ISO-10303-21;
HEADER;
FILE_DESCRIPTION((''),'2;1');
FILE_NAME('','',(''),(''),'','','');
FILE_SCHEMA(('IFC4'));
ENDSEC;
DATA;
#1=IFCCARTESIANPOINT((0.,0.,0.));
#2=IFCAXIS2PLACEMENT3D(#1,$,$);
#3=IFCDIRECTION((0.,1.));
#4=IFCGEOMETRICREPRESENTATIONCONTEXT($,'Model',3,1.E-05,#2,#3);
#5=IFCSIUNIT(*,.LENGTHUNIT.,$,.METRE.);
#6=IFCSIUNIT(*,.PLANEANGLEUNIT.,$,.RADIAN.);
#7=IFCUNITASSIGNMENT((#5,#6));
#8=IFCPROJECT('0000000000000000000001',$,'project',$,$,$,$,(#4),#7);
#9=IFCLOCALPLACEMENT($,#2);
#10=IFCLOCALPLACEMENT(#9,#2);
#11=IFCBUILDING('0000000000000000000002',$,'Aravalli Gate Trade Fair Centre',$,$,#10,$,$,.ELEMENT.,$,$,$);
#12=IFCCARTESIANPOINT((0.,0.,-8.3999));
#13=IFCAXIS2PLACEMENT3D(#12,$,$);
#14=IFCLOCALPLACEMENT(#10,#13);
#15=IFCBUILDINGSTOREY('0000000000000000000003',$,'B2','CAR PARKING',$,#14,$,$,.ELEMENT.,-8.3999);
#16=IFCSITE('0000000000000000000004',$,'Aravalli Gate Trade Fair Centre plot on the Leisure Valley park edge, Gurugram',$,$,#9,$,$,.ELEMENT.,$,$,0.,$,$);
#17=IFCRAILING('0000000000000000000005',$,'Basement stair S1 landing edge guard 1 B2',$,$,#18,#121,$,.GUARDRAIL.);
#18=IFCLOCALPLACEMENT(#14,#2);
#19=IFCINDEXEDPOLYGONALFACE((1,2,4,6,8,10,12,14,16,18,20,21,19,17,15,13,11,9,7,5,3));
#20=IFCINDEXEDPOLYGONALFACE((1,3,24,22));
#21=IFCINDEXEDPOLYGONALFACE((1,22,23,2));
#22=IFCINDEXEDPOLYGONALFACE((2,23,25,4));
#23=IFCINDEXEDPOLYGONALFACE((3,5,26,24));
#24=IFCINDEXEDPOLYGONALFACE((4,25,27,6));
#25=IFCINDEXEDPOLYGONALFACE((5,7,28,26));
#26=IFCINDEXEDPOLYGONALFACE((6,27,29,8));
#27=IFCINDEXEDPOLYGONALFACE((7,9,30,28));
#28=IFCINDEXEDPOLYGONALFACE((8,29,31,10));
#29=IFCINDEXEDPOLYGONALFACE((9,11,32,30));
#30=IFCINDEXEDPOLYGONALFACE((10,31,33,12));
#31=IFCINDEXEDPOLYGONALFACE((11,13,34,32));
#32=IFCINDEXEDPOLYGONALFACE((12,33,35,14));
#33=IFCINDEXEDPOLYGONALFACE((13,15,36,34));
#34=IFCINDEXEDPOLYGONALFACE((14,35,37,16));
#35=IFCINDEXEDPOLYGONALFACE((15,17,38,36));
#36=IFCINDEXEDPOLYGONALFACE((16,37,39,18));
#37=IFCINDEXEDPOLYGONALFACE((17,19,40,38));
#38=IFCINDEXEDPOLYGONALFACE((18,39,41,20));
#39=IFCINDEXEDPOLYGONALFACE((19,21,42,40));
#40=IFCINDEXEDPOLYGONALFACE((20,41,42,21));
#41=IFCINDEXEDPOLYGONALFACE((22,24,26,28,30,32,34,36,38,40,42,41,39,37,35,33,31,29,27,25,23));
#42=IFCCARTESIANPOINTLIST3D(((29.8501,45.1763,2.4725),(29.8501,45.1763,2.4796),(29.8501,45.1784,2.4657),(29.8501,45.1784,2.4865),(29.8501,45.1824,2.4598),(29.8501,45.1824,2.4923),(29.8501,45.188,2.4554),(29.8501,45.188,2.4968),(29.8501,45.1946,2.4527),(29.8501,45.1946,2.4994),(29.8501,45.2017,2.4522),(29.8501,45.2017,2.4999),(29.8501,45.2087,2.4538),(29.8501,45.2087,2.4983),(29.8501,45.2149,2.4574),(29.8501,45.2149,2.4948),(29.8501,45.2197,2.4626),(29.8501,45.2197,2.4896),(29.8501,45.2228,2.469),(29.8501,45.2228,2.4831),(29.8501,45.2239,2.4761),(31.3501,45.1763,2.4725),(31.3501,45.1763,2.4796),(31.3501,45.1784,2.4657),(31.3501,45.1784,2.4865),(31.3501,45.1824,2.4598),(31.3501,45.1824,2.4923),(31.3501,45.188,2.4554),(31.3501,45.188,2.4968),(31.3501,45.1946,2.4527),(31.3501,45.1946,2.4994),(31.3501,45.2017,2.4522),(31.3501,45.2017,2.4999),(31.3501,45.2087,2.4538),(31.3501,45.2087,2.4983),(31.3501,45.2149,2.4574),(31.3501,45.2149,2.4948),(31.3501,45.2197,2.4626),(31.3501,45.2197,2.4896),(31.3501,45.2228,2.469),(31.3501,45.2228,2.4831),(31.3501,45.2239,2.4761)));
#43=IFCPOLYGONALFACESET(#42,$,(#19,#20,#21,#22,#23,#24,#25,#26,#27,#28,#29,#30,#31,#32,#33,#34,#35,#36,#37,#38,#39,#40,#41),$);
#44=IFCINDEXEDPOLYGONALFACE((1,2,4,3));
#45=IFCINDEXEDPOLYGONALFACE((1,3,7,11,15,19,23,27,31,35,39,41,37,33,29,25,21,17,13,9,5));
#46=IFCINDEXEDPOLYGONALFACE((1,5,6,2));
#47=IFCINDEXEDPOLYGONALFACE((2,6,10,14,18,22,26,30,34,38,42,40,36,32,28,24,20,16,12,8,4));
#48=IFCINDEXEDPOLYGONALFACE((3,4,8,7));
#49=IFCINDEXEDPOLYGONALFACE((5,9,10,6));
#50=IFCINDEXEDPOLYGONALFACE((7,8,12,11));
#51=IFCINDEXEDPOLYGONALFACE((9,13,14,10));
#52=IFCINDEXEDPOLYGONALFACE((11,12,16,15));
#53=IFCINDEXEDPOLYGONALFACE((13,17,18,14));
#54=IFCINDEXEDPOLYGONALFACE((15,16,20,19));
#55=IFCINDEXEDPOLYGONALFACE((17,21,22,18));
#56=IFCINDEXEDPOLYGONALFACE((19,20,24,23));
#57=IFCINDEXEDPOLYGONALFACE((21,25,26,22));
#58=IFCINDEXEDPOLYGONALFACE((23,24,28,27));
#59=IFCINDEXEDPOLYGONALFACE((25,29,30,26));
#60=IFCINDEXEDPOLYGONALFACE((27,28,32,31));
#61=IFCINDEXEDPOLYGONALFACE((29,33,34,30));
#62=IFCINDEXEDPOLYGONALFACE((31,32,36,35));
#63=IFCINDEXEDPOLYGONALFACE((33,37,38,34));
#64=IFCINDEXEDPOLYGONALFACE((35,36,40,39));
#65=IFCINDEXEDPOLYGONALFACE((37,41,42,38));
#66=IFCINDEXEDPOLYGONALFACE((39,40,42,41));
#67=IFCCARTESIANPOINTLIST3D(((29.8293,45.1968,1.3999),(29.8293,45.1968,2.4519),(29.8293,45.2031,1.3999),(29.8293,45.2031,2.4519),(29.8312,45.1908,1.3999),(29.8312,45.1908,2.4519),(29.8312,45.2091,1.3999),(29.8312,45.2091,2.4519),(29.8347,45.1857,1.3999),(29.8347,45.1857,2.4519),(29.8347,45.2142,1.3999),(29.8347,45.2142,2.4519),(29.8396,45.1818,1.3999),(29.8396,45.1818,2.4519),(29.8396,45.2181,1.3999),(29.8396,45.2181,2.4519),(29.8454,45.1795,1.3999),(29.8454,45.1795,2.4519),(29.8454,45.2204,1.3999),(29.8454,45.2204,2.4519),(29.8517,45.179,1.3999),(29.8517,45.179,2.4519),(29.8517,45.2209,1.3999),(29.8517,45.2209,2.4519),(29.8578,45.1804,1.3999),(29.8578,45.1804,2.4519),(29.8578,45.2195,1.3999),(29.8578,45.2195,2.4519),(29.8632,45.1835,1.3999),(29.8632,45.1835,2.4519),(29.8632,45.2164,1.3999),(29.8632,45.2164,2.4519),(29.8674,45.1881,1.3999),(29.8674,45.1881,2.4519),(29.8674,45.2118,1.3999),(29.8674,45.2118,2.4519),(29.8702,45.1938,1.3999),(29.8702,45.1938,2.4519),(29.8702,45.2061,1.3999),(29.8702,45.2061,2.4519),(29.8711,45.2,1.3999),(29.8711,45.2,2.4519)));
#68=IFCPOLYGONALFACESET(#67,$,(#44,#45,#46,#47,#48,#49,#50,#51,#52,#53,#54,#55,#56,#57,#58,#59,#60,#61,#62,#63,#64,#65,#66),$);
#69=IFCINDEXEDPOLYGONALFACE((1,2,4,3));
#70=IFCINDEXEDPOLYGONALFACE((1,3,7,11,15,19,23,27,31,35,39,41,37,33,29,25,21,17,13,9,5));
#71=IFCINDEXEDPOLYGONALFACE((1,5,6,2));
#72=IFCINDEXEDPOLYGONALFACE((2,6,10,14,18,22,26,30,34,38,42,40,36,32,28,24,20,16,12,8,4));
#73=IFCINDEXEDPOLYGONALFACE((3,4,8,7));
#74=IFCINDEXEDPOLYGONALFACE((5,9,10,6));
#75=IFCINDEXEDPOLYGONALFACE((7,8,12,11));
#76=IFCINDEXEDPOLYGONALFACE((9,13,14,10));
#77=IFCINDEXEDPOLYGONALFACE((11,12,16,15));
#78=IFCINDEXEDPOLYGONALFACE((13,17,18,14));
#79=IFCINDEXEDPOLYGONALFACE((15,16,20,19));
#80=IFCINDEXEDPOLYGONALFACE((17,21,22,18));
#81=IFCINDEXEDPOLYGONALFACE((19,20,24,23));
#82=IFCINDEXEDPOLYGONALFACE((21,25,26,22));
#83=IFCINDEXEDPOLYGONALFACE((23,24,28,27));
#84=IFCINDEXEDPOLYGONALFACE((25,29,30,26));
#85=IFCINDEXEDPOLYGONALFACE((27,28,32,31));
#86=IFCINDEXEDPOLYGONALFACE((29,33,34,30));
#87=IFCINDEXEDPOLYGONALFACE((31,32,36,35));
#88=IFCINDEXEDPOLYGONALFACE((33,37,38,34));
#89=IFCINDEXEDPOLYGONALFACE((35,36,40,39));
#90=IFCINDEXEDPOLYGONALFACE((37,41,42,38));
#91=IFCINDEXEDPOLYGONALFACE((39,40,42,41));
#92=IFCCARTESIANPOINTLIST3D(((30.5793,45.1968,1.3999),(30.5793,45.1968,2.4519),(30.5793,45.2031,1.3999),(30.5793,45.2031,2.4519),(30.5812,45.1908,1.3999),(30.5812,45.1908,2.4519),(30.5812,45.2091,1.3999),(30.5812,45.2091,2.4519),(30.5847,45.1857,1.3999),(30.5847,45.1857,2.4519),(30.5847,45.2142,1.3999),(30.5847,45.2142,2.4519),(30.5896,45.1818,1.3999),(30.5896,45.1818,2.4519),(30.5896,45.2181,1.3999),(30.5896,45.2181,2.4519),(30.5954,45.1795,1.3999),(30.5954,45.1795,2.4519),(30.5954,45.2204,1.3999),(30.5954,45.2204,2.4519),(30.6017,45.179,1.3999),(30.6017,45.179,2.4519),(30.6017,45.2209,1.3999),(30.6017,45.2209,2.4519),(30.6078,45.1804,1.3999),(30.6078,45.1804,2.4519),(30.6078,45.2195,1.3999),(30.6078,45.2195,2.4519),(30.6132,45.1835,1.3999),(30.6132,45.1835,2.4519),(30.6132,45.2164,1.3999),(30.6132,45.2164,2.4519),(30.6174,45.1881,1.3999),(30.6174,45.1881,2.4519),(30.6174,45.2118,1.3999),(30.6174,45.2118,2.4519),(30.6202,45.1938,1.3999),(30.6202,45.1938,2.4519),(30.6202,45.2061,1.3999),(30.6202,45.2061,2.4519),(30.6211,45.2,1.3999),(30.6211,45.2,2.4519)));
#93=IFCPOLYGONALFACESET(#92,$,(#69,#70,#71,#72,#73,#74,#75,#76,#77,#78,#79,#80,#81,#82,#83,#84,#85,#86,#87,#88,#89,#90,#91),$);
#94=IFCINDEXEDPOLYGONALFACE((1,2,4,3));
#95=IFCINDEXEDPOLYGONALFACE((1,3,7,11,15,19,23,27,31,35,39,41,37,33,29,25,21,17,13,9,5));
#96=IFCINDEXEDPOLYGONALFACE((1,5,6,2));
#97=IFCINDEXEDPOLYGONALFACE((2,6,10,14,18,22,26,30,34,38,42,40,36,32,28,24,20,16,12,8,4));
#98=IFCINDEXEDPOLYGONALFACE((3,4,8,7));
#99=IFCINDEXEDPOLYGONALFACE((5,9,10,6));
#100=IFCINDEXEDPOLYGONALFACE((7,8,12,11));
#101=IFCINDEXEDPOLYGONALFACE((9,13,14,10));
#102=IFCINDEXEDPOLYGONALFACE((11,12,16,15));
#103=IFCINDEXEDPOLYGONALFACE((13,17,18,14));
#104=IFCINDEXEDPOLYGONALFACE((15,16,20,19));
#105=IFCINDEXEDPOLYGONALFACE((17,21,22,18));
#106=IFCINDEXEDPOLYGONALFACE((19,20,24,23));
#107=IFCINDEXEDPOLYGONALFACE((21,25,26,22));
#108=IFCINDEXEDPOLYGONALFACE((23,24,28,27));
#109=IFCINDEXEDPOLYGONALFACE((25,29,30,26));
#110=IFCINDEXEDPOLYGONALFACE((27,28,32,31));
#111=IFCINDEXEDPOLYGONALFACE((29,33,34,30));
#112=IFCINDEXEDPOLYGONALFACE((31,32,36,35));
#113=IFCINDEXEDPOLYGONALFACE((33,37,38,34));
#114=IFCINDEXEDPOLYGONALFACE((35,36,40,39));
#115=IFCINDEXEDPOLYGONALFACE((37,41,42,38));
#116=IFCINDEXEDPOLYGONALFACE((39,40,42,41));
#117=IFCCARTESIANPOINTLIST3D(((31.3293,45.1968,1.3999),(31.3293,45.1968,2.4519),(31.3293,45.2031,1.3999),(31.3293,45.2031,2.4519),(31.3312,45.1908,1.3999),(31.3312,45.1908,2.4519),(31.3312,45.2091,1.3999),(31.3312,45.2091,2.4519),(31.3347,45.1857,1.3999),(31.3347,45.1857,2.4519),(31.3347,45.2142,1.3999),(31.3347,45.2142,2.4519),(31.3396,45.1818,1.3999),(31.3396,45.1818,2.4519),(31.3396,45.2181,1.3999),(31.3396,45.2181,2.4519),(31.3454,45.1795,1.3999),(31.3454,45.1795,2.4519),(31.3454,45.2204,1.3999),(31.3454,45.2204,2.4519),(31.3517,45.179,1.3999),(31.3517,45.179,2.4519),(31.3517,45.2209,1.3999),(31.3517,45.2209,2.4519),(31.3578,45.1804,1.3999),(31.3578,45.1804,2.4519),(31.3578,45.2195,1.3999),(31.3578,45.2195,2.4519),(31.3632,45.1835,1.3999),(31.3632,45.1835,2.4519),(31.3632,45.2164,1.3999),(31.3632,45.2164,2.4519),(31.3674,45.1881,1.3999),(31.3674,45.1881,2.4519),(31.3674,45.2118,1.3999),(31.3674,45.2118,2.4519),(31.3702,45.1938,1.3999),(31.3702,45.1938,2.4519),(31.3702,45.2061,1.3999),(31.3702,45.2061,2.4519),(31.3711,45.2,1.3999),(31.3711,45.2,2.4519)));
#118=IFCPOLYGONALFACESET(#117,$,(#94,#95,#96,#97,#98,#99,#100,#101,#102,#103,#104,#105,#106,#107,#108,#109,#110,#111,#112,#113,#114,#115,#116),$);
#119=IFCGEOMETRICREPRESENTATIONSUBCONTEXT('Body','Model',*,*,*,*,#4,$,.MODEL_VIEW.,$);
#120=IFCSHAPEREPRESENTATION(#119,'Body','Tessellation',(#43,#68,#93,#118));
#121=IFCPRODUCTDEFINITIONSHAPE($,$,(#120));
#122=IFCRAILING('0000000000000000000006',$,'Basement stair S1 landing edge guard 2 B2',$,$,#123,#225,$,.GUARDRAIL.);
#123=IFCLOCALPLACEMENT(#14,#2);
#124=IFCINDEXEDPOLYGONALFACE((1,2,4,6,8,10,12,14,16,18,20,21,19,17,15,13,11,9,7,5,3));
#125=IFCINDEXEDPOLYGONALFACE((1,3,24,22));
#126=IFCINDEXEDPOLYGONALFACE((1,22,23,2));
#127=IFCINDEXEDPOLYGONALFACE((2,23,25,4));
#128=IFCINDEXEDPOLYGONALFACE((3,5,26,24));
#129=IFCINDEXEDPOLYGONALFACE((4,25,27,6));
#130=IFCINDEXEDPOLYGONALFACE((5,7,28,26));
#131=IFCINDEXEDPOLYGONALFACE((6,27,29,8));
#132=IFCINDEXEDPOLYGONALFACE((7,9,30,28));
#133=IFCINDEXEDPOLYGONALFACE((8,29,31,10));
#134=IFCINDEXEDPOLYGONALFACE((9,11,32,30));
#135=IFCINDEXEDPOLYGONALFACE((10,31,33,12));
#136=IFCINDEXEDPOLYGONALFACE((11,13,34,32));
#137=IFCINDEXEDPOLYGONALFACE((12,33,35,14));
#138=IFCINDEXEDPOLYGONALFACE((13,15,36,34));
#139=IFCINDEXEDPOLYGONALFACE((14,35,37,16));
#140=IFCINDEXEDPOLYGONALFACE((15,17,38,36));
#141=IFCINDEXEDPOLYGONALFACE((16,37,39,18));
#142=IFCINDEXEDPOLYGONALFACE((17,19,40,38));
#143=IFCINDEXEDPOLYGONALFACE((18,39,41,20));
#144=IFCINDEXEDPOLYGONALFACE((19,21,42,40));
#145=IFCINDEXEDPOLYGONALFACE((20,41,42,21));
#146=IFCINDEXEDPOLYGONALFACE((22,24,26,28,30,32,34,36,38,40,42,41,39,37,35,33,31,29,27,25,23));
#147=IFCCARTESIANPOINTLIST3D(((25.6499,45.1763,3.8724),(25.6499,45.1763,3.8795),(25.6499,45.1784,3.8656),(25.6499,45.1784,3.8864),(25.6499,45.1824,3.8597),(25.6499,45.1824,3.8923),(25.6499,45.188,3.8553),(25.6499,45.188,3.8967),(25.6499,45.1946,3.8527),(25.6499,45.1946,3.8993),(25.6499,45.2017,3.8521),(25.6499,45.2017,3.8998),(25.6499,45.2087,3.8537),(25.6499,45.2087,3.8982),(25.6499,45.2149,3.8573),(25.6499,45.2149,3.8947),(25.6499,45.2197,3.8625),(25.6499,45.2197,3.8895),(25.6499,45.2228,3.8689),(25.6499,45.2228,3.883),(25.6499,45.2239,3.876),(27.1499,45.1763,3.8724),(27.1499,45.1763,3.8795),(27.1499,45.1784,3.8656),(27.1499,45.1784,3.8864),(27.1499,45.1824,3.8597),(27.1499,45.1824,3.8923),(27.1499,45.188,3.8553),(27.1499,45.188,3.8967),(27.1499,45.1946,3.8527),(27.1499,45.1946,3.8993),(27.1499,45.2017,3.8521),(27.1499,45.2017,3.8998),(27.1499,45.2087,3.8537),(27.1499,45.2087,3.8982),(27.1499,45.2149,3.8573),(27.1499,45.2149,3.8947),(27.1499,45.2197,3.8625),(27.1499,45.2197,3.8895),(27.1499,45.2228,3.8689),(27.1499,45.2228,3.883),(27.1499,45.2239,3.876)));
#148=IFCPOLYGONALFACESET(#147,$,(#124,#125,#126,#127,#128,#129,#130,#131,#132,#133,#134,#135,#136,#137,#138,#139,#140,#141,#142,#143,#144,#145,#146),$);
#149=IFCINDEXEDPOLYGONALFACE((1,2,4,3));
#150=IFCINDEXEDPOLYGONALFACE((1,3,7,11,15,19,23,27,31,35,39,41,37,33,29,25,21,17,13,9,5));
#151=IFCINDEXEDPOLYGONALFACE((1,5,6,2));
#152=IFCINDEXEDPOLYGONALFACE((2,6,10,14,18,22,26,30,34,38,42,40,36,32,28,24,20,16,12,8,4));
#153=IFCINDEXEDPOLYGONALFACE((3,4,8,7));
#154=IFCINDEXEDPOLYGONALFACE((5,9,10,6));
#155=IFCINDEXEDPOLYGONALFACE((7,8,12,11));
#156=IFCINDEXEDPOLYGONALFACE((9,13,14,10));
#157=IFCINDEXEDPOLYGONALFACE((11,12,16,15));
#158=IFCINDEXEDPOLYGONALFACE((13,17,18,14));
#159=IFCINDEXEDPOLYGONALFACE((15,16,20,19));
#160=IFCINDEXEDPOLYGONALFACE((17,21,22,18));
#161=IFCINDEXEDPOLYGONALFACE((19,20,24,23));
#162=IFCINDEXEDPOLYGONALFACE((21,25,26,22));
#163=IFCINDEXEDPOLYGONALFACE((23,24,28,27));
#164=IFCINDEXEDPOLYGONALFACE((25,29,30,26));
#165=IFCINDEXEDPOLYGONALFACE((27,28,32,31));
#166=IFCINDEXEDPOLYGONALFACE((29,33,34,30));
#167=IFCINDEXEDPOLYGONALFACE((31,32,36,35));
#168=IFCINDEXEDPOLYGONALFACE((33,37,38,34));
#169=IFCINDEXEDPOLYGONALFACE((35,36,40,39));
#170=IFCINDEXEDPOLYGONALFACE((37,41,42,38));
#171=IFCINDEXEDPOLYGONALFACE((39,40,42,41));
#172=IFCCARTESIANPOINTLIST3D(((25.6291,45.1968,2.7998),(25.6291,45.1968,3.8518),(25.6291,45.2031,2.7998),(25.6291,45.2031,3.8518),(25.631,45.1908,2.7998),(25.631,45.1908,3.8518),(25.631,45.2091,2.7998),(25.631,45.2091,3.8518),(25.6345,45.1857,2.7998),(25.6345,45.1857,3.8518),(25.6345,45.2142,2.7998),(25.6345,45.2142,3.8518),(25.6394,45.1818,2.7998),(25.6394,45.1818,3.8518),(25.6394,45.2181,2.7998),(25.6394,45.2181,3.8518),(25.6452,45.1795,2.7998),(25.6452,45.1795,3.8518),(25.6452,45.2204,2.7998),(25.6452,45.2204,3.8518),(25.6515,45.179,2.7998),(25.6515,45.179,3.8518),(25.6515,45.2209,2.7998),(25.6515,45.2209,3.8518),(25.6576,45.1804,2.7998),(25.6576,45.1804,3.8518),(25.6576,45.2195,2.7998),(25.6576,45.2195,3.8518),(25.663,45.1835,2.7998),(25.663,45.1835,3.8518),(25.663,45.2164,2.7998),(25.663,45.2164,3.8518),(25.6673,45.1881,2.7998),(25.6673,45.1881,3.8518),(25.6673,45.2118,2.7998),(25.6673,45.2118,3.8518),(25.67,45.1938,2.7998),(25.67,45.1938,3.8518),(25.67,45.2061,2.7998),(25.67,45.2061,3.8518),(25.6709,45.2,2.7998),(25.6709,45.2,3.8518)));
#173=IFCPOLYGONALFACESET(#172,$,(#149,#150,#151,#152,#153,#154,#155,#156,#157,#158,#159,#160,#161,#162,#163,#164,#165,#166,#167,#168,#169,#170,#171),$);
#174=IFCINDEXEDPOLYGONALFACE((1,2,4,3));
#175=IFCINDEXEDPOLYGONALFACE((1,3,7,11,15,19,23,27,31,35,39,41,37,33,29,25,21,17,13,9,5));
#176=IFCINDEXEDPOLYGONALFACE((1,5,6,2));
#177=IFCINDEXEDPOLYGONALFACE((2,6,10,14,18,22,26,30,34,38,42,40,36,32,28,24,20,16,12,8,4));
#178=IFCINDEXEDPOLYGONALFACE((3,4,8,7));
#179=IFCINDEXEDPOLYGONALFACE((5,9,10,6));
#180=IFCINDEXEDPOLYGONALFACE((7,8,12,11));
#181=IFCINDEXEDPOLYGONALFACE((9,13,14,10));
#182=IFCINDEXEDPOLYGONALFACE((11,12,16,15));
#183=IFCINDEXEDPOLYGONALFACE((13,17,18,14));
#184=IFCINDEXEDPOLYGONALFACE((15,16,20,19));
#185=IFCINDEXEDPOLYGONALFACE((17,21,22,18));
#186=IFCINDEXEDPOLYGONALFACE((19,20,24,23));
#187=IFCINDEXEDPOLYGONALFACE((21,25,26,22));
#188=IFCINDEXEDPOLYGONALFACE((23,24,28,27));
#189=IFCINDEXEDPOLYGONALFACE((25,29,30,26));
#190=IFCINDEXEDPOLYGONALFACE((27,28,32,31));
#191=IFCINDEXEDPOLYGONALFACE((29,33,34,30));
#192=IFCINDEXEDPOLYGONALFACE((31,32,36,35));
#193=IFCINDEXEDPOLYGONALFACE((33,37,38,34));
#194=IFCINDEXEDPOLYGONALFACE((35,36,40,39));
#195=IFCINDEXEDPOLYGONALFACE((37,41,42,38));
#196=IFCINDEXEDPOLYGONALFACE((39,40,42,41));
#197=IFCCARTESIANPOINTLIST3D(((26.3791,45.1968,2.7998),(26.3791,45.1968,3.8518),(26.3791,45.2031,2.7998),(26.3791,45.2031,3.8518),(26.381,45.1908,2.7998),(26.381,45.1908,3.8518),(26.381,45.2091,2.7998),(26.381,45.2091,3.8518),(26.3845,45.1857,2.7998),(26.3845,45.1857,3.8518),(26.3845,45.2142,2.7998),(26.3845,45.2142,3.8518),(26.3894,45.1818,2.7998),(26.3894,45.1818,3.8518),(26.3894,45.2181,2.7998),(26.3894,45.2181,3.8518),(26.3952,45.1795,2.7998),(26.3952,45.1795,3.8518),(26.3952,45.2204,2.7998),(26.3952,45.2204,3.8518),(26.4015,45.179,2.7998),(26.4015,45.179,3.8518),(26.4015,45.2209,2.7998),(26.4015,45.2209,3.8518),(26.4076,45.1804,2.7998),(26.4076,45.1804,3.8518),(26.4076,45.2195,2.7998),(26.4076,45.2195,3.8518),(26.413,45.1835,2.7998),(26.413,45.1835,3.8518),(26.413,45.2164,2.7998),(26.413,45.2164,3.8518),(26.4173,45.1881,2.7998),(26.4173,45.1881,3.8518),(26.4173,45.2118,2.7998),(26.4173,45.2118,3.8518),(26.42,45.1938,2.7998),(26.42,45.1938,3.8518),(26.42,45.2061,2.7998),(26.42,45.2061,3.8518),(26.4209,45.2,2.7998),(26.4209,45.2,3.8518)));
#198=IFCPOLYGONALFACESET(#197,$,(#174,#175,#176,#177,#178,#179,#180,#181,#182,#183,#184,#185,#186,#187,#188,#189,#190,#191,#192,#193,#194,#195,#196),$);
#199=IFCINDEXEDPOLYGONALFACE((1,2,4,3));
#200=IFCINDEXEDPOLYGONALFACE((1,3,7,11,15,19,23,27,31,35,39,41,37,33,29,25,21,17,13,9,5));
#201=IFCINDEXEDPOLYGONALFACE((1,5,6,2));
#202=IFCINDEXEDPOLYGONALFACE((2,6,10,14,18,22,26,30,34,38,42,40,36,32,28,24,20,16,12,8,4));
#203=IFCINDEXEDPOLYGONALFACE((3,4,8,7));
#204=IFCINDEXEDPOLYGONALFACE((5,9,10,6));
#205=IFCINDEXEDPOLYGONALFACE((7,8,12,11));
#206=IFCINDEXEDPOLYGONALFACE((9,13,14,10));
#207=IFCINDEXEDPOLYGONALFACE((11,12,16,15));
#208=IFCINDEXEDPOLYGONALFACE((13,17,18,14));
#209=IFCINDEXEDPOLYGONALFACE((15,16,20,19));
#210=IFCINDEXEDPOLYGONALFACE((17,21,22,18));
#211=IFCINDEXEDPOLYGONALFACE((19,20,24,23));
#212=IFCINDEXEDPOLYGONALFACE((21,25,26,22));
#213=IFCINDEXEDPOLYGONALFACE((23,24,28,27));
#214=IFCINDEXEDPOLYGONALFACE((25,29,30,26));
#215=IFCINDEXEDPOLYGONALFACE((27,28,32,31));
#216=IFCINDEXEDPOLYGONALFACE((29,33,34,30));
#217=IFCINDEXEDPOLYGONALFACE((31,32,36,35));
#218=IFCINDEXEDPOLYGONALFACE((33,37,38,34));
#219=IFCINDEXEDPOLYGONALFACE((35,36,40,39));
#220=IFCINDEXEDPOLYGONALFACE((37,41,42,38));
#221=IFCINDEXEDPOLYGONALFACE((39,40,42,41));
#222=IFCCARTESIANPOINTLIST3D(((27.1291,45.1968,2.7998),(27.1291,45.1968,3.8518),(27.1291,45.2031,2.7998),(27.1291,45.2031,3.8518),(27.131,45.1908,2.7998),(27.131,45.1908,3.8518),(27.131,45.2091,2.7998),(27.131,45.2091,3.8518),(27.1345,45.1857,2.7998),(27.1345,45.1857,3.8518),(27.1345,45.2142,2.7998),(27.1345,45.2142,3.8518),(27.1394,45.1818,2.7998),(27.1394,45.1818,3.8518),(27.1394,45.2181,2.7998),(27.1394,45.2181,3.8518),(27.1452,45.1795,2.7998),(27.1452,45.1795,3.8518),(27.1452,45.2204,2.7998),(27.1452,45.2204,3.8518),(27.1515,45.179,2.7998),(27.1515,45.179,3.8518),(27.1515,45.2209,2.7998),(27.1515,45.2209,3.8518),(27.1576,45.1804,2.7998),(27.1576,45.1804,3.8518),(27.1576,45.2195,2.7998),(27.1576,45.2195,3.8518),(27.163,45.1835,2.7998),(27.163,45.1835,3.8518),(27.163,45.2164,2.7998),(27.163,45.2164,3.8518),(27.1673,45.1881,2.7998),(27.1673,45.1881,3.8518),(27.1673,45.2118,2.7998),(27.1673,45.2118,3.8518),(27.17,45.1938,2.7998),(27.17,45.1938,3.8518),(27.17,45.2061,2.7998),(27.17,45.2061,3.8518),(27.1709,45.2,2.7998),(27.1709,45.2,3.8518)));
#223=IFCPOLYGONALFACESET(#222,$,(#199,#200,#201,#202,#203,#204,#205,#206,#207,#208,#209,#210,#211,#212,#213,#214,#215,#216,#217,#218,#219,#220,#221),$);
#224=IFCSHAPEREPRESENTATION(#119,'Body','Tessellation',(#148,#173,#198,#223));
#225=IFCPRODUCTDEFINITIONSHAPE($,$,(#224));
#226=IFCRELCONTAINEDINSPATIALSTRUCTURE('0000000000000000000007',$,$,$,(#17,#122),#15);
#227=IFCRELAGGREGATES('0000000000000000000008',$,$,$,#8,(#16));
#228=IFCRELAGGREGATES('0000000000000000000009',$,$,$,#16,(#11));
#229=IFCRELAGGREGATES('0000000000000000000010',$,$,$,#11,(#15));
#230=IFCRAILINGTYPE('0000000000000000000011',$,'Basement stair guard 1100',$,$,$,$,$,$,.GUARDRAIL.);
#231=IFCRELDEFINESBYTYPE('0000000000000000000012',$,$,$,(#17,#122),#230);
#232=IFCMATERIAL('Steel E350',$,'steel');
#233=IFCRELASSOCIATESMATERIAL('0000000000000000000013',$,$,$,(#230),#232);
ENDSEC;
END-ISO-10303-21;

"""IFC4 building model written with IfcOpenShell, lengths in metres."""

from ifc_helpers import new_model, si_unit, direction, frame, origin, origin_2d, place, context, subcontext, project, spatial, circle, extrude, material, type_object, element, save


model = new_model("IFC4")

# Units and contexts
model_context = context("Model", 3, precision=1e-05, world=origin(), true_north=direction((0.0, 1.0)))
body_context = subcontext(model_context, "Body", "Model", "MODEL_VIEW")
ifc_project = project(units=[si_unit("LENGTHUNIT", "METRE"), si_unit("PLANEANGLEUNIT", "RADIAN")], contexts=[model_context])

# Site, building, storey
site_placement = place(None, origin())
site = spatial("IfcSite", under=ifc_project, at=site_placement, Name="Aravalli Gate Trade Fair Centre plot on the Leisure Valley park edge, Gurugram", CompositionType="ELEMENT", RefElevation=0.0)
building_placement = place(site_placement, origin())
building = spatial("IfcBuilding", under=site, at=building_placement, Name="Aravalli Gate Trade Fair Centre", CompositionType="ELEMENT")
storey_placement = place(building_placement, frame((0.0, 0.0, -8.3999)))
storey = spatial("IfcBuildingStorey", under=building, at=storey_placement, Name="B2", Description="CAR PARKING", CompositionType="ELEMENT", Elevation=-8.3999)

# Railings
ifc_material_1 = material(Name="Steel E350", Category="steel")
railing_type = type_object("IfcRailingType", Name="Basement stair guard 1100", PredefinedType="GUARDRAIL", material=ifc_material_1)
for number, where, name in (
    (1, (29.8501, 45.2, 1.3999), "Basement stair S1 landing edge guard 1 B2"),
    (2, (25.6499, 45.2, 2.7998), "Basement stair S1 landing edge guard 2 B2"),
):
    element("IfcRailing", number, at=place(storey_placement, frame(where)), inside=storey, type_object=railing_type, Name=name, PredefinedType="GUARDRAIL", context=body_context, shape_type="SweptSolid", body=[
        extrude(circle(Radius=0.0239, at=origin_2d()), frame((0.0, 0.0, 1.0762), z_axis=(1.0, 0.0, 0.0), x_axis=(0.0, 1.0, 0.0)), (0.0, 0.0, 1.0), 1.5),
        extrude(circle(Radius=0.021, at=origin_2d()), origin(), (0.0, 0.0, 1.0), 1.052),
        extrude(circle(Radius=0.021, at=origin_2d()), frame((0.75, 0.0, 0.0)), (0.0, 0.0, 1.0), 1.052),
        extrude(circle(Radius=0.021, at=origin_2d()), frame((1.5, 0.0, 0.0)), (0.0, 0.0, 1.0), 1.052),
    ])

save(model, "model.ifc")
